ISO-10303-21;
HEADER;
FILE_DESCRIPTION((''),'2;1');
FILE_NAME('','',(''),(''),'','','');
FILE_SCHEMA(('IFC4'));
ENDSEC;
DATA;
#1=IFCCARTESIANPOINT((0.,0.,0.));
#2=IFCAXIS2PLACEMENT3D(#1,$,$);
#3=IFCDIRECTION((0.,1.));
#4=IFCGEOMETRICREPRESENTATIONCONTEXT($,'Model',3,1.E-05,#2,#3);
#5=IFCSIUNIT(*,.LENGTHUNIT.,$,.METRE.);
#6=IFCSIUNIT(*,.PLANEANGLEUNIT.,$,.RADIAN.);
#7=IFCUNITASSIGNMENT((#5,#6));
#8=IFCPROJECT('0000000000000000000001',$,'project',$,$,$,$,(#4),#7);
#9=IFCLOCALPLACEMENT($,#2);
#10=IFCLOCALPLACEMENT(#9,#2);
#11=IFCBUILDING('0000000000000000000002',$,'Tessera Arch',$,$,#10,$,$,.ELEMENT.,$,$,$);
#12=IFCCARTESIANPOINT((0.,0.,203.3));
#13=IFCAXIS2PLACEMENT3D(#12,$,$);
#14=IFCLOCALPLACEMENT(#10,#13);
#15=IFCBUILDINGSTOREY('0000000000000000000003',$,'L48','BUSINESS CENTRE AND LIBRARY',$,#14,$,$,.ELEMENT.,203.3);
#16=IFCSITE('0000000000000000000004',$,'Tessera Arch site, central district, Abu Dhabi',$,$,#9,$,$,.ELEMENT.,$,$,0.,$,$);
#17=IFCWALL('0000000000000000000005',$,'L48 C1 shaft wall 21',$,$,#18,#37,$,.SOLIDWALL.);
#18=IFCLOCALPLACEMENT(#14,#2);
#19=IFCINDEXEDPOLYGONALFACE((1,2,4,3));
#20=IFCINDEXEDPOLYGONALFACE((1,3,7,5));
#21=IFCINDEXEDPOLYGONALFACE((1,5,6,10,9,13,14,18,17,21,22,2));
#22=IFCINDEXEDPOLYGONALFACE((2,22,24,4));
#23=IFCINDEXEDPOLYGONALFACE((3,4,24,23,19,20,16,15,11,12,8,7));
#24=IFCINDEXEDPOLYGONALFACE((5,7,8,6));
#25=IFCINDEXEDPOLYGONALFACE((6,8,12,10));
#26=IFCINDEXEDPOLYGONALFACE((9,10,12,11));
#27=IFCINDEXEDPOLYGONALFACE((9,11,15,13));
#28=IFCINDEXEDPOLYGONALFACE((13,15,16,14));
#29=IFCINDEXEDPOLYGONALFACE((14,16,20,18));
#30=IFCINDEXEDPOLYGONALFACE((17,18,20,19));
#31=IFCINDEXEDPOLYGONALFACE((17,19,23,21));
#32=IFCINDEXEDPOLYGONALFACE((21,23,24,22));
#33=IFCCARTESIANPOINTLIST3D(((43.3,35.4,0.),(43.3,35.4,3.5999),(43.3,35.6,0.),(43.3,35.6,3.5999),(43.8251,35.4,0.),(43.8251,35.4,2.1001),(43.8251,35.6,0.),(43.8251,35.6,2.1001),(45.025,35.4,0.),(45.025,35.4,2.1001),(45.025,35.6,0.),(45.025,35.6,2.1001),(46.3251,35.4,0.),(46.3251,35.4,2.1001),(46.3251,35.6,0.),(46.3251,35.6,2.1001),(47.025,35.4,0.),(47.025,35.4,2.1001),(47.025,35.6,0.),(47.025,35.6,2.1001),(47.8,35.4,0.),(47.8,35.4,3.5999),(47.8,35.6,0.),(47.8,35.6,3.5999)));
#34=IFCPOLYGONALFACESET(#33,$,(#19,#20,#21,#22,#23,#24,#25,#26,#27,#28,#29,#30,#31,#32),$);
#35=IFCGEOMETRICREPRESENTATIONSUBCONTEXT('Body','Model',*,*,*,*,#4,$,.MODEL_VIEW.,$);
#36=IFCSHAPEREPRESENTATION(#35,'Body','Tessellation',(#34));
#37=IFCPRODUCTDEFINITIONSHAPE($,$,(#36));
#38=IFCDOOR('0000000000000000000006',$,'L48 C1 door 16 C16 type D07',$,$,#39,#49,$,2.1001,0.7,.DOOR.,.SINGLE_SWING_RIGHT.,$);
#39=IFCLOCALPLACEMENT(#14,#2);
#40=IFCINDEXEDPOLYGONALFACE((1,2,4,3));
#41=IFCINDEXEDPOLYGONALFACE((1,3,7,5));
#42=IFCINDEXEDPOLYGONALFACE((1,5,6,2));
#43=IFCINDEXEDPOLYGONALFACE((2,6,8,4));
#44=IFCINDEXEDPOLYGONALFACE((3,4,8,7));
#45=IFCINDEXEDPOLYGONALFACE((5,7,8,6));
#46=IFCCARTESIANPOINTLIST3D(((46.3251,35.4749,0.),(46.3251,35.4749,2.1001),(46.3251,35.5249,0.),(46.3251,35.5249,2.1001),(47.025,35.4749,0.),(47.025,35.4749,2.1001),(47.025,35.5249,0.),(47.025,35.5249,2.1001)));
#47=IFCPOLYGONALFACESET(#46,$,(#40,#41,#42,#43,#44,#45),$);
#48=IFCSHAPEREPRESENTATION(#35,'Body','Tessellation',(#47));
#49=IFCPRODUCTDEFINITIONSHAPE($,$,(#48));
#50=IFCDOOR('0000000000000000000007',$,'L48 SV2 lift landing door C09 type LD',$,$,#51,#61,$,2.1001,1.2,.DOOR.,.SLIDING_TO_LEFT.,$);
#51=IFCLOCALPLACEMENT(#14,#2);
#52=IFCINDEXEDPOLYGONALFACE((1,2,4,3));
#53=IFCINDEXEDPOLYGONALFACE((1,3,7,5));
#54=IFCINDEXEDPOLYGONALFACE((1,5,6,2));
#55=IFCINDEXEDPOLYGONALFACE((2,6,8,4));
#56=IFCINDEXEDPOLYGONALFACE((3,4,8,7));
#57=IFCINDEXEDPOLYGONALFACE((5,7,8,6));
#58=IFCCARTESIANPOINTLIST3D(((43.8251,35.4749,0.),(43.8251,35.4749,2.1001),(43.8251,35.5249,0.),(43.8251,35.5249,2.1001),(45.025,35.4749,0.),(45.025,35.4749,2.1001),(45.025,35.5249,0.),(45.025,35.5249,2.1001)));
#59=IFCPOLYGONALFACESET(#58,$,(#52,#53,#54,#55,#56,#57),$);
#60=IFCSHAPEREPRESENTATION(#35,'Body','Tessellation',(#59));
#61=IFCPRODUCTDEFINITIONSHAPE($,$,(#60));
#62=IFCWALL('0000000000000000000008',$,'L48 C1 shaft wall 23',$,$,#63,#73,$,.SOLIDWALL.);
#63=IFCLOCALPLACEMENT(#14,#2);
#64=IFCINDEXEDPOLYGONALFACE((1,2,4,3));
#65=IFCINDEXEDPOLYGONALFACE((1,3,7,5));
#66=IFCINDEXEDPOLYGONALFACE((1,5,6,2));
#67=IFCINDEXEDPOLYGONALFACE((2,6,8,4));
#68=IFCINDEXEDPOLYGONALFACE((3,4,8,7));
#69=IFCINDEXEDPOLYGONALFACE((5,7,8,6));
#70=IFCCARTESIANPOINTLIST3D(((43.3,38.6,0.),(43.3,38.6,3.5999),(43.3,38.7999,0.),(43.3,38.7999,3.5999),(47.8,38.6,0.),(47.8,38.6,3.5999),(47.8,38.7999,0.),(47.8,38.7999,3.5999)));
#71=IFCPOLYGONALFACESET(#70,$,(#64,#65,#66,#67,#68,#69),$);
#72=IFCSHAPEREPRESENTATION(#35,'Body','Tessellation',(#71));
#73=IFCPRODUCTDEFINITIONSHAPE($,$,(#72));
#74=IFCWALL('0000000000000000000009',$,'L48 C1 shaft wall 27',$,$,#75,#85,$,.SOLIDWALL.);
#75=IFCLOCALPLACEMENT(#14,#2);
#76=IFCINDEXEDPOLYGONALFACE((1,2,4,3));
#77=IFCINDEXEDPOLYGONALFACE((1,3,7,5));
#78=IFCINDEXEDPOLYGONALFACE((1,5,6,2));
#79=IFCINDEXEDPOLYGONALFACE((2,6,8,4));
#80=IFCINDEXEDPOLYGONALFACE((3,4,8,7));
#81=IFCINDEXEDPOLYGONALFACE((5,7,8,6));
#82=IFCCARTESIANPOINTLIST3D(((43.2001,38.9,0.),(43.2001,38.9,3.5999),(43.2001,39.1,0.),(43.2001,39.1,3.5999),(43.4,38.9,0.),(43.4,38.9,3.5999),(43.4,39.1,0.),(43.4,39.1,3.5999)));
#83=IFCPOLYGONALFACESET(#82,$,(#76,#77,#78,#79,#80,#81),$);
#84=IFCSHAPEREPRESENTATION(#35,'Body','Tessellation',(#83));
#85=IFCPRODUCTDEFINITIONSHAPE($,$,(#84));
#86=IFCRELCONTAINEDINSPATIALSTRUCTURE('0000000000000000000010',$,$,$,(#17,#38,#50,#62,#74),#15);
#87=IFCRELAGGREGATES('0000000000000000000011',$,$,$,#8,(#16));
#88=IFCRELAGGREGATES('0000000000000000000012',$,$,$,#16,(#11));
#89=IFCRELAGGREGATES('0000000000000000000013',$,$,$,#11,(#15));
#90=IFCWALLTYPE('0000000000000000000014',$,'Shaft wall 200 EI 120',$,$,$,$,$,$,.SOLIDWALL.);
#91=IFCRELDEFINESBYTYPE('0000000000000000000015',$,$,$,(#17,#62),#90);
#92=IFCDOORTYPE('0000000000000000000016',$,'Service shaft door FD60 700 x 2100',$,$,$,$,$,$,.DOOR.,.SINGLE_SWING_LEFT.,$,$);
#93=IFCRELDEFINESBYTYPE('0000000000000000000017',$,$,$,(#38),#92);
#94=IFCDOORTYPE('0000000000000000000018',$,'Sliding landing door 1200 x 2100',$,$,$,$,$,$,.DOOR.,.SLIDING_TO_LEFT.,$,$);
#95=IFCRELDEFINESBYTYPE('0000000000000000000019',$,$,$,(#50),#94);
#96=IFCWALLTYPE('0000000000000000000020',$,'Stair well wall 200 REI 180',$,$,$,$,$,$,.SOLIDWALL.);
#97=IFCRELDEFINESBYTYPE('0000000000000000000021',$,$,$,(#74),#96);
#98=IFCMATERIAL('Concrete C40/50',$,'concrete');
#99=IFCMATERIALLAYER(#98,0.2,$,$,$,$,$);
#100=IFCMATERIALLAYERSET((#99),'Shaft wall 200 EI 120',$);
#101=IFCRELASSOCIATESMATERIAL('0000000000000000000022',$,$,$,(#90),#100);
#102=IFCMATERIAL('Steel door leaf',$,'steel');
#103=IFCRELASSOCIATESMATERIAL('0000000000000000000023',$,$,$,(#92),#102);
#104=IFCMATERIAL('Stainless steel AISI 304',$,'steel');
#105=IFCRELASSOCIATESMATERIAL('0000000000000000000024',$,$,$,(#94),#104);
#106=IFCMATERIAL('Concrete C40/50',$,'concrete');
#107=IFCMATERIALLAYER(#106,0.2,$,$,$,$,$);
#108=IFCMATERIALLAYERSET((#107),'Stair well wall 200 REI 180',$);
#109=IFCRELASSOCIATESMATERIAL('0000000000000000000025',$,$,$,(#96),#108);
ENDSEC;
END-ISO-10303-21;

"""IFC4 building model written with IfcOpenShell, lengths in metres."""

from ifc_helpers import new_model, si_unit, direction, frame, frame_2d, origin, place, context, subcontext, project, spatial, rectangle, extrude, material, layer, layer_set, type_object, element, fill, save


model = new_model("IFC4")

# Units and contexts
model_context = context("Model", 3, precision=1e-05, world=origin(), true_north=direction((0.0, 1.0)))
body_context = subcontext(model_context, "Body", "Model", "MODEL_VIEW")
ifc_project = project(units=[si_unit("LENGTHUNIT", "METRE"), si_unit("PLANEANGLEUNIT", "RADIAN")], contexts=[model_context])

# Site, building, storey
site_placement = place(None, origin())
site = spatial("IfcSite", under=ifc_project, at=site_placement, Name="Tessera Arch site, central district, Abu Dhabi", CompositionType="ELEMENT", RefElevation=0.0)
building_placement = place(site_placement, origin())
building = spatial("IfcBuilding", under=site, at=building_placement, Name="Tessera Arch", CompositionType="ELEMENT")
storey_placement = place(building_placement, frame((0.0, 0.0, 203.3)))
storey = spatial("IfcBuildingStorey", under=building, at=storey_placement, Name="L48", Description="BUSINESS CENTRE AND LIBRARY", CompositionType="ELEMENT", Elevation=203.3)

# Shared definitions
ifc_material_1 = material(Name="Concrete C40/50", Category="concrete")
ifc_layer_1 = layer(ifc_material_1, 0.2)
ifc_layer_set_1 = layer_set([ifc_layer_1], Name="Shaft wall 200 EI 120")
wall_type_1 = type_object("IfcWallType", Name="Shaft wall 200 EI 120", PredefinedType="SOLIDWALL", material=ifc_layer_set_1)

# Wall, openings, doors
wall_1_placement = place(storey_placement, frame((43.3, 35.5, 0.0), z_axis=(0.0, 0.0, 1.0), x_axis=(1.0, 0.0, 0.0)))
wall_1 = element("IfcWall", 1, at=wall_1_placement, inside=storey, type_object=wall_type_1, Name="L48 C1 shaft wall 21", PredefinedType="SOLIDWALL", context=body_context, shape_type="SweptSolid", body=[
    extrude(rectangle(XDim=4.5, YDim=0.2, at=frame_2d((2.25, 0.0))), origin(), (0.0, 0.0, 1.0), 3.5999),
])
opening_1_placement = place(wall_1_placement, frame((0.5249, 0.0, 0.0)))
opening_1 = element("IfcOpeningElement", 2, at=opening_1_placement, cuts=wall_1, PredefinedType="OPENING", context=body_context, shape_type="SweptSolid", body=[
    extrude(rectangle(XDim=1.2, YDim=2.1001, at=frame_2d((0.6001, 1.05))), frame((0.0, 0.1099, 0.0), z_axis=(0.0, -1.0, 0.0), x_axis=(1.0, 0.0, 0.0)), (0.0, 0.0, 1.0), 0.22),
])
opening_2_placement = place(wall_1_placement, frame((3.0249, 0.0, 0.0)))
opening_2 = element("IfcOpeningElement", 3, at=opening_2_placement, cuts=wall_1, PredefinedType="OPENING", context=body_context, shape_type="SweptSolid", body=[
    extrude(rectangle(XDim=0.7, YDim=2.1001, at=frame_2d((0.3501, 1.05))), frame((0.0, 0.1099, 0.0), z_axis=(0.0, -1.0, 0.0), x_axis=(1.0, 0.0, 0.0)), (0.0, 0.0, 1.0), 0.22),
])
ifc_material_2 = material(Name="Steel door leaf", Category="steel")
door_type_1 = type_object("IfcDoorType", Name="Service shaft door FD60 700 x 2100", OperationType="SINGLE_SWING_LEFT", PredefinedType="DOOR", material=ifc_material_2)
door_1_placement = place(opening_2_placement, origin())
door_1 = element("IfcDoor", 4, at=door_1_placement, inside=storey, type_object=door_type_1, Name="L48 C1 door 16 C16 type D07", OperationType="SINGLE_SWING_RIGHT", OverallHeight=2.1001, OverallWidth=0.7, PredefinedType="DOOR", context=body_context, shape_type="SweptSolid", body=[
    extrude(rectangle(XDim=0.7, YDim=2.1001, at=frame_2d((0.3501, 1.05))), frame((0.0, 0.0249, 0.0), z_axis=(0.0, -1.0, 0.0), x_axis=(1.0, 0.0, 0.0)), (0.0, 0.0, 1.0), 0.05),
])
fill(opening_2, door_1)
ifc_material_3 = material(Name="Stainless steel AISI 304", Category="steel")
door_type_2 = type_object("IfcDoorType", Name="Sliding landing door 1200 x 2100", OperationType="SLIDING_TO_LEFT", PredefinedType="DOOR", material=ifc_material_3)
door_2_placement = place(opening_1_placement, origin())
door_2 = element("IfcDoor", 5, at=door_2_placement, inside=storey, type_object=door_type_2, Name="L48 SV2 lift landing door C09 type LD", OperationType="SLIDING_TO_LEFT", OverallHeight=2.1001, OverallWidth=1.2, PredefinedType="DOOR", context=body_context, shape_type="SweptSolid", body=[
    extrude(rectangle(XDim=1.2, YDim=2.1001, at=frame_2d((0.6001, 1.05))), frame((0.0, 0.0249, 0.0), z_axis=(0.0, -1.0, 0.0), x_axis=(1.0, 0.0, 0.0)), (0.0, 0.0, 1.0), 0.05),
])
fill(opening_1, door_2)

# Walls
wall_2_placement = place(storey_placement, frame((43.3, 38.7, 0.0), z_axis=(0.0, 0.0, 1.0), x_axis=(1.0, 0.0, 0.0)))
element("IfcWall", 6, at=wall_2_placement, inside=storey, type_object=wall_type_1, Name="L48 C1 shaft wall 23", PredefinedType="SOLIDWALL", context=body_context, shape_type="SweptSolid", body=[
    extrude(rectangle(XDim=4.5, YDim=0.2, at=frame_2d((2.25, 0.0))), origin(), (0.0, 0.0, 1.0), 3.5999),
])
ifc_material_4 = material(Name="Concrete C40/50", Category="concrete")
ifc_layer_2 = layer(ifc_material_4, 0.2)
ifc_layer_set_2 = layer_set([ifc_layer_2], Name="Stair well wall 200 REI 180")
wall_type_2 = type_object("IfcWallType", Name="Stair well wall 200 REI 180", PredefinedType="SOLIDWALL", material=ifc_layer_set_2)
wall_3_placement = place(storey_placement, frame((43.2, 39.0, 0.0), z_axis=(0.0, 0.0, 1.0), x_axis=(1.0, 0.0, 0.0)))
element("IfcWall", 7, at=wall_3_placement, inside=storey, type_object=wall_type_2, Name="L48 C1 shaft wall 27", PredefinedType="SOLIDWALL", context=body_context, shape_type="SweptSolid", body=[
    extrude(rectangle(XDim=0.2, YDim=0.2, at=frame_2d((0.1001, 0.0))), origin(), (0.0, 0.0, 1.0), 3.5999),
])

save(model, "model.ifc")
